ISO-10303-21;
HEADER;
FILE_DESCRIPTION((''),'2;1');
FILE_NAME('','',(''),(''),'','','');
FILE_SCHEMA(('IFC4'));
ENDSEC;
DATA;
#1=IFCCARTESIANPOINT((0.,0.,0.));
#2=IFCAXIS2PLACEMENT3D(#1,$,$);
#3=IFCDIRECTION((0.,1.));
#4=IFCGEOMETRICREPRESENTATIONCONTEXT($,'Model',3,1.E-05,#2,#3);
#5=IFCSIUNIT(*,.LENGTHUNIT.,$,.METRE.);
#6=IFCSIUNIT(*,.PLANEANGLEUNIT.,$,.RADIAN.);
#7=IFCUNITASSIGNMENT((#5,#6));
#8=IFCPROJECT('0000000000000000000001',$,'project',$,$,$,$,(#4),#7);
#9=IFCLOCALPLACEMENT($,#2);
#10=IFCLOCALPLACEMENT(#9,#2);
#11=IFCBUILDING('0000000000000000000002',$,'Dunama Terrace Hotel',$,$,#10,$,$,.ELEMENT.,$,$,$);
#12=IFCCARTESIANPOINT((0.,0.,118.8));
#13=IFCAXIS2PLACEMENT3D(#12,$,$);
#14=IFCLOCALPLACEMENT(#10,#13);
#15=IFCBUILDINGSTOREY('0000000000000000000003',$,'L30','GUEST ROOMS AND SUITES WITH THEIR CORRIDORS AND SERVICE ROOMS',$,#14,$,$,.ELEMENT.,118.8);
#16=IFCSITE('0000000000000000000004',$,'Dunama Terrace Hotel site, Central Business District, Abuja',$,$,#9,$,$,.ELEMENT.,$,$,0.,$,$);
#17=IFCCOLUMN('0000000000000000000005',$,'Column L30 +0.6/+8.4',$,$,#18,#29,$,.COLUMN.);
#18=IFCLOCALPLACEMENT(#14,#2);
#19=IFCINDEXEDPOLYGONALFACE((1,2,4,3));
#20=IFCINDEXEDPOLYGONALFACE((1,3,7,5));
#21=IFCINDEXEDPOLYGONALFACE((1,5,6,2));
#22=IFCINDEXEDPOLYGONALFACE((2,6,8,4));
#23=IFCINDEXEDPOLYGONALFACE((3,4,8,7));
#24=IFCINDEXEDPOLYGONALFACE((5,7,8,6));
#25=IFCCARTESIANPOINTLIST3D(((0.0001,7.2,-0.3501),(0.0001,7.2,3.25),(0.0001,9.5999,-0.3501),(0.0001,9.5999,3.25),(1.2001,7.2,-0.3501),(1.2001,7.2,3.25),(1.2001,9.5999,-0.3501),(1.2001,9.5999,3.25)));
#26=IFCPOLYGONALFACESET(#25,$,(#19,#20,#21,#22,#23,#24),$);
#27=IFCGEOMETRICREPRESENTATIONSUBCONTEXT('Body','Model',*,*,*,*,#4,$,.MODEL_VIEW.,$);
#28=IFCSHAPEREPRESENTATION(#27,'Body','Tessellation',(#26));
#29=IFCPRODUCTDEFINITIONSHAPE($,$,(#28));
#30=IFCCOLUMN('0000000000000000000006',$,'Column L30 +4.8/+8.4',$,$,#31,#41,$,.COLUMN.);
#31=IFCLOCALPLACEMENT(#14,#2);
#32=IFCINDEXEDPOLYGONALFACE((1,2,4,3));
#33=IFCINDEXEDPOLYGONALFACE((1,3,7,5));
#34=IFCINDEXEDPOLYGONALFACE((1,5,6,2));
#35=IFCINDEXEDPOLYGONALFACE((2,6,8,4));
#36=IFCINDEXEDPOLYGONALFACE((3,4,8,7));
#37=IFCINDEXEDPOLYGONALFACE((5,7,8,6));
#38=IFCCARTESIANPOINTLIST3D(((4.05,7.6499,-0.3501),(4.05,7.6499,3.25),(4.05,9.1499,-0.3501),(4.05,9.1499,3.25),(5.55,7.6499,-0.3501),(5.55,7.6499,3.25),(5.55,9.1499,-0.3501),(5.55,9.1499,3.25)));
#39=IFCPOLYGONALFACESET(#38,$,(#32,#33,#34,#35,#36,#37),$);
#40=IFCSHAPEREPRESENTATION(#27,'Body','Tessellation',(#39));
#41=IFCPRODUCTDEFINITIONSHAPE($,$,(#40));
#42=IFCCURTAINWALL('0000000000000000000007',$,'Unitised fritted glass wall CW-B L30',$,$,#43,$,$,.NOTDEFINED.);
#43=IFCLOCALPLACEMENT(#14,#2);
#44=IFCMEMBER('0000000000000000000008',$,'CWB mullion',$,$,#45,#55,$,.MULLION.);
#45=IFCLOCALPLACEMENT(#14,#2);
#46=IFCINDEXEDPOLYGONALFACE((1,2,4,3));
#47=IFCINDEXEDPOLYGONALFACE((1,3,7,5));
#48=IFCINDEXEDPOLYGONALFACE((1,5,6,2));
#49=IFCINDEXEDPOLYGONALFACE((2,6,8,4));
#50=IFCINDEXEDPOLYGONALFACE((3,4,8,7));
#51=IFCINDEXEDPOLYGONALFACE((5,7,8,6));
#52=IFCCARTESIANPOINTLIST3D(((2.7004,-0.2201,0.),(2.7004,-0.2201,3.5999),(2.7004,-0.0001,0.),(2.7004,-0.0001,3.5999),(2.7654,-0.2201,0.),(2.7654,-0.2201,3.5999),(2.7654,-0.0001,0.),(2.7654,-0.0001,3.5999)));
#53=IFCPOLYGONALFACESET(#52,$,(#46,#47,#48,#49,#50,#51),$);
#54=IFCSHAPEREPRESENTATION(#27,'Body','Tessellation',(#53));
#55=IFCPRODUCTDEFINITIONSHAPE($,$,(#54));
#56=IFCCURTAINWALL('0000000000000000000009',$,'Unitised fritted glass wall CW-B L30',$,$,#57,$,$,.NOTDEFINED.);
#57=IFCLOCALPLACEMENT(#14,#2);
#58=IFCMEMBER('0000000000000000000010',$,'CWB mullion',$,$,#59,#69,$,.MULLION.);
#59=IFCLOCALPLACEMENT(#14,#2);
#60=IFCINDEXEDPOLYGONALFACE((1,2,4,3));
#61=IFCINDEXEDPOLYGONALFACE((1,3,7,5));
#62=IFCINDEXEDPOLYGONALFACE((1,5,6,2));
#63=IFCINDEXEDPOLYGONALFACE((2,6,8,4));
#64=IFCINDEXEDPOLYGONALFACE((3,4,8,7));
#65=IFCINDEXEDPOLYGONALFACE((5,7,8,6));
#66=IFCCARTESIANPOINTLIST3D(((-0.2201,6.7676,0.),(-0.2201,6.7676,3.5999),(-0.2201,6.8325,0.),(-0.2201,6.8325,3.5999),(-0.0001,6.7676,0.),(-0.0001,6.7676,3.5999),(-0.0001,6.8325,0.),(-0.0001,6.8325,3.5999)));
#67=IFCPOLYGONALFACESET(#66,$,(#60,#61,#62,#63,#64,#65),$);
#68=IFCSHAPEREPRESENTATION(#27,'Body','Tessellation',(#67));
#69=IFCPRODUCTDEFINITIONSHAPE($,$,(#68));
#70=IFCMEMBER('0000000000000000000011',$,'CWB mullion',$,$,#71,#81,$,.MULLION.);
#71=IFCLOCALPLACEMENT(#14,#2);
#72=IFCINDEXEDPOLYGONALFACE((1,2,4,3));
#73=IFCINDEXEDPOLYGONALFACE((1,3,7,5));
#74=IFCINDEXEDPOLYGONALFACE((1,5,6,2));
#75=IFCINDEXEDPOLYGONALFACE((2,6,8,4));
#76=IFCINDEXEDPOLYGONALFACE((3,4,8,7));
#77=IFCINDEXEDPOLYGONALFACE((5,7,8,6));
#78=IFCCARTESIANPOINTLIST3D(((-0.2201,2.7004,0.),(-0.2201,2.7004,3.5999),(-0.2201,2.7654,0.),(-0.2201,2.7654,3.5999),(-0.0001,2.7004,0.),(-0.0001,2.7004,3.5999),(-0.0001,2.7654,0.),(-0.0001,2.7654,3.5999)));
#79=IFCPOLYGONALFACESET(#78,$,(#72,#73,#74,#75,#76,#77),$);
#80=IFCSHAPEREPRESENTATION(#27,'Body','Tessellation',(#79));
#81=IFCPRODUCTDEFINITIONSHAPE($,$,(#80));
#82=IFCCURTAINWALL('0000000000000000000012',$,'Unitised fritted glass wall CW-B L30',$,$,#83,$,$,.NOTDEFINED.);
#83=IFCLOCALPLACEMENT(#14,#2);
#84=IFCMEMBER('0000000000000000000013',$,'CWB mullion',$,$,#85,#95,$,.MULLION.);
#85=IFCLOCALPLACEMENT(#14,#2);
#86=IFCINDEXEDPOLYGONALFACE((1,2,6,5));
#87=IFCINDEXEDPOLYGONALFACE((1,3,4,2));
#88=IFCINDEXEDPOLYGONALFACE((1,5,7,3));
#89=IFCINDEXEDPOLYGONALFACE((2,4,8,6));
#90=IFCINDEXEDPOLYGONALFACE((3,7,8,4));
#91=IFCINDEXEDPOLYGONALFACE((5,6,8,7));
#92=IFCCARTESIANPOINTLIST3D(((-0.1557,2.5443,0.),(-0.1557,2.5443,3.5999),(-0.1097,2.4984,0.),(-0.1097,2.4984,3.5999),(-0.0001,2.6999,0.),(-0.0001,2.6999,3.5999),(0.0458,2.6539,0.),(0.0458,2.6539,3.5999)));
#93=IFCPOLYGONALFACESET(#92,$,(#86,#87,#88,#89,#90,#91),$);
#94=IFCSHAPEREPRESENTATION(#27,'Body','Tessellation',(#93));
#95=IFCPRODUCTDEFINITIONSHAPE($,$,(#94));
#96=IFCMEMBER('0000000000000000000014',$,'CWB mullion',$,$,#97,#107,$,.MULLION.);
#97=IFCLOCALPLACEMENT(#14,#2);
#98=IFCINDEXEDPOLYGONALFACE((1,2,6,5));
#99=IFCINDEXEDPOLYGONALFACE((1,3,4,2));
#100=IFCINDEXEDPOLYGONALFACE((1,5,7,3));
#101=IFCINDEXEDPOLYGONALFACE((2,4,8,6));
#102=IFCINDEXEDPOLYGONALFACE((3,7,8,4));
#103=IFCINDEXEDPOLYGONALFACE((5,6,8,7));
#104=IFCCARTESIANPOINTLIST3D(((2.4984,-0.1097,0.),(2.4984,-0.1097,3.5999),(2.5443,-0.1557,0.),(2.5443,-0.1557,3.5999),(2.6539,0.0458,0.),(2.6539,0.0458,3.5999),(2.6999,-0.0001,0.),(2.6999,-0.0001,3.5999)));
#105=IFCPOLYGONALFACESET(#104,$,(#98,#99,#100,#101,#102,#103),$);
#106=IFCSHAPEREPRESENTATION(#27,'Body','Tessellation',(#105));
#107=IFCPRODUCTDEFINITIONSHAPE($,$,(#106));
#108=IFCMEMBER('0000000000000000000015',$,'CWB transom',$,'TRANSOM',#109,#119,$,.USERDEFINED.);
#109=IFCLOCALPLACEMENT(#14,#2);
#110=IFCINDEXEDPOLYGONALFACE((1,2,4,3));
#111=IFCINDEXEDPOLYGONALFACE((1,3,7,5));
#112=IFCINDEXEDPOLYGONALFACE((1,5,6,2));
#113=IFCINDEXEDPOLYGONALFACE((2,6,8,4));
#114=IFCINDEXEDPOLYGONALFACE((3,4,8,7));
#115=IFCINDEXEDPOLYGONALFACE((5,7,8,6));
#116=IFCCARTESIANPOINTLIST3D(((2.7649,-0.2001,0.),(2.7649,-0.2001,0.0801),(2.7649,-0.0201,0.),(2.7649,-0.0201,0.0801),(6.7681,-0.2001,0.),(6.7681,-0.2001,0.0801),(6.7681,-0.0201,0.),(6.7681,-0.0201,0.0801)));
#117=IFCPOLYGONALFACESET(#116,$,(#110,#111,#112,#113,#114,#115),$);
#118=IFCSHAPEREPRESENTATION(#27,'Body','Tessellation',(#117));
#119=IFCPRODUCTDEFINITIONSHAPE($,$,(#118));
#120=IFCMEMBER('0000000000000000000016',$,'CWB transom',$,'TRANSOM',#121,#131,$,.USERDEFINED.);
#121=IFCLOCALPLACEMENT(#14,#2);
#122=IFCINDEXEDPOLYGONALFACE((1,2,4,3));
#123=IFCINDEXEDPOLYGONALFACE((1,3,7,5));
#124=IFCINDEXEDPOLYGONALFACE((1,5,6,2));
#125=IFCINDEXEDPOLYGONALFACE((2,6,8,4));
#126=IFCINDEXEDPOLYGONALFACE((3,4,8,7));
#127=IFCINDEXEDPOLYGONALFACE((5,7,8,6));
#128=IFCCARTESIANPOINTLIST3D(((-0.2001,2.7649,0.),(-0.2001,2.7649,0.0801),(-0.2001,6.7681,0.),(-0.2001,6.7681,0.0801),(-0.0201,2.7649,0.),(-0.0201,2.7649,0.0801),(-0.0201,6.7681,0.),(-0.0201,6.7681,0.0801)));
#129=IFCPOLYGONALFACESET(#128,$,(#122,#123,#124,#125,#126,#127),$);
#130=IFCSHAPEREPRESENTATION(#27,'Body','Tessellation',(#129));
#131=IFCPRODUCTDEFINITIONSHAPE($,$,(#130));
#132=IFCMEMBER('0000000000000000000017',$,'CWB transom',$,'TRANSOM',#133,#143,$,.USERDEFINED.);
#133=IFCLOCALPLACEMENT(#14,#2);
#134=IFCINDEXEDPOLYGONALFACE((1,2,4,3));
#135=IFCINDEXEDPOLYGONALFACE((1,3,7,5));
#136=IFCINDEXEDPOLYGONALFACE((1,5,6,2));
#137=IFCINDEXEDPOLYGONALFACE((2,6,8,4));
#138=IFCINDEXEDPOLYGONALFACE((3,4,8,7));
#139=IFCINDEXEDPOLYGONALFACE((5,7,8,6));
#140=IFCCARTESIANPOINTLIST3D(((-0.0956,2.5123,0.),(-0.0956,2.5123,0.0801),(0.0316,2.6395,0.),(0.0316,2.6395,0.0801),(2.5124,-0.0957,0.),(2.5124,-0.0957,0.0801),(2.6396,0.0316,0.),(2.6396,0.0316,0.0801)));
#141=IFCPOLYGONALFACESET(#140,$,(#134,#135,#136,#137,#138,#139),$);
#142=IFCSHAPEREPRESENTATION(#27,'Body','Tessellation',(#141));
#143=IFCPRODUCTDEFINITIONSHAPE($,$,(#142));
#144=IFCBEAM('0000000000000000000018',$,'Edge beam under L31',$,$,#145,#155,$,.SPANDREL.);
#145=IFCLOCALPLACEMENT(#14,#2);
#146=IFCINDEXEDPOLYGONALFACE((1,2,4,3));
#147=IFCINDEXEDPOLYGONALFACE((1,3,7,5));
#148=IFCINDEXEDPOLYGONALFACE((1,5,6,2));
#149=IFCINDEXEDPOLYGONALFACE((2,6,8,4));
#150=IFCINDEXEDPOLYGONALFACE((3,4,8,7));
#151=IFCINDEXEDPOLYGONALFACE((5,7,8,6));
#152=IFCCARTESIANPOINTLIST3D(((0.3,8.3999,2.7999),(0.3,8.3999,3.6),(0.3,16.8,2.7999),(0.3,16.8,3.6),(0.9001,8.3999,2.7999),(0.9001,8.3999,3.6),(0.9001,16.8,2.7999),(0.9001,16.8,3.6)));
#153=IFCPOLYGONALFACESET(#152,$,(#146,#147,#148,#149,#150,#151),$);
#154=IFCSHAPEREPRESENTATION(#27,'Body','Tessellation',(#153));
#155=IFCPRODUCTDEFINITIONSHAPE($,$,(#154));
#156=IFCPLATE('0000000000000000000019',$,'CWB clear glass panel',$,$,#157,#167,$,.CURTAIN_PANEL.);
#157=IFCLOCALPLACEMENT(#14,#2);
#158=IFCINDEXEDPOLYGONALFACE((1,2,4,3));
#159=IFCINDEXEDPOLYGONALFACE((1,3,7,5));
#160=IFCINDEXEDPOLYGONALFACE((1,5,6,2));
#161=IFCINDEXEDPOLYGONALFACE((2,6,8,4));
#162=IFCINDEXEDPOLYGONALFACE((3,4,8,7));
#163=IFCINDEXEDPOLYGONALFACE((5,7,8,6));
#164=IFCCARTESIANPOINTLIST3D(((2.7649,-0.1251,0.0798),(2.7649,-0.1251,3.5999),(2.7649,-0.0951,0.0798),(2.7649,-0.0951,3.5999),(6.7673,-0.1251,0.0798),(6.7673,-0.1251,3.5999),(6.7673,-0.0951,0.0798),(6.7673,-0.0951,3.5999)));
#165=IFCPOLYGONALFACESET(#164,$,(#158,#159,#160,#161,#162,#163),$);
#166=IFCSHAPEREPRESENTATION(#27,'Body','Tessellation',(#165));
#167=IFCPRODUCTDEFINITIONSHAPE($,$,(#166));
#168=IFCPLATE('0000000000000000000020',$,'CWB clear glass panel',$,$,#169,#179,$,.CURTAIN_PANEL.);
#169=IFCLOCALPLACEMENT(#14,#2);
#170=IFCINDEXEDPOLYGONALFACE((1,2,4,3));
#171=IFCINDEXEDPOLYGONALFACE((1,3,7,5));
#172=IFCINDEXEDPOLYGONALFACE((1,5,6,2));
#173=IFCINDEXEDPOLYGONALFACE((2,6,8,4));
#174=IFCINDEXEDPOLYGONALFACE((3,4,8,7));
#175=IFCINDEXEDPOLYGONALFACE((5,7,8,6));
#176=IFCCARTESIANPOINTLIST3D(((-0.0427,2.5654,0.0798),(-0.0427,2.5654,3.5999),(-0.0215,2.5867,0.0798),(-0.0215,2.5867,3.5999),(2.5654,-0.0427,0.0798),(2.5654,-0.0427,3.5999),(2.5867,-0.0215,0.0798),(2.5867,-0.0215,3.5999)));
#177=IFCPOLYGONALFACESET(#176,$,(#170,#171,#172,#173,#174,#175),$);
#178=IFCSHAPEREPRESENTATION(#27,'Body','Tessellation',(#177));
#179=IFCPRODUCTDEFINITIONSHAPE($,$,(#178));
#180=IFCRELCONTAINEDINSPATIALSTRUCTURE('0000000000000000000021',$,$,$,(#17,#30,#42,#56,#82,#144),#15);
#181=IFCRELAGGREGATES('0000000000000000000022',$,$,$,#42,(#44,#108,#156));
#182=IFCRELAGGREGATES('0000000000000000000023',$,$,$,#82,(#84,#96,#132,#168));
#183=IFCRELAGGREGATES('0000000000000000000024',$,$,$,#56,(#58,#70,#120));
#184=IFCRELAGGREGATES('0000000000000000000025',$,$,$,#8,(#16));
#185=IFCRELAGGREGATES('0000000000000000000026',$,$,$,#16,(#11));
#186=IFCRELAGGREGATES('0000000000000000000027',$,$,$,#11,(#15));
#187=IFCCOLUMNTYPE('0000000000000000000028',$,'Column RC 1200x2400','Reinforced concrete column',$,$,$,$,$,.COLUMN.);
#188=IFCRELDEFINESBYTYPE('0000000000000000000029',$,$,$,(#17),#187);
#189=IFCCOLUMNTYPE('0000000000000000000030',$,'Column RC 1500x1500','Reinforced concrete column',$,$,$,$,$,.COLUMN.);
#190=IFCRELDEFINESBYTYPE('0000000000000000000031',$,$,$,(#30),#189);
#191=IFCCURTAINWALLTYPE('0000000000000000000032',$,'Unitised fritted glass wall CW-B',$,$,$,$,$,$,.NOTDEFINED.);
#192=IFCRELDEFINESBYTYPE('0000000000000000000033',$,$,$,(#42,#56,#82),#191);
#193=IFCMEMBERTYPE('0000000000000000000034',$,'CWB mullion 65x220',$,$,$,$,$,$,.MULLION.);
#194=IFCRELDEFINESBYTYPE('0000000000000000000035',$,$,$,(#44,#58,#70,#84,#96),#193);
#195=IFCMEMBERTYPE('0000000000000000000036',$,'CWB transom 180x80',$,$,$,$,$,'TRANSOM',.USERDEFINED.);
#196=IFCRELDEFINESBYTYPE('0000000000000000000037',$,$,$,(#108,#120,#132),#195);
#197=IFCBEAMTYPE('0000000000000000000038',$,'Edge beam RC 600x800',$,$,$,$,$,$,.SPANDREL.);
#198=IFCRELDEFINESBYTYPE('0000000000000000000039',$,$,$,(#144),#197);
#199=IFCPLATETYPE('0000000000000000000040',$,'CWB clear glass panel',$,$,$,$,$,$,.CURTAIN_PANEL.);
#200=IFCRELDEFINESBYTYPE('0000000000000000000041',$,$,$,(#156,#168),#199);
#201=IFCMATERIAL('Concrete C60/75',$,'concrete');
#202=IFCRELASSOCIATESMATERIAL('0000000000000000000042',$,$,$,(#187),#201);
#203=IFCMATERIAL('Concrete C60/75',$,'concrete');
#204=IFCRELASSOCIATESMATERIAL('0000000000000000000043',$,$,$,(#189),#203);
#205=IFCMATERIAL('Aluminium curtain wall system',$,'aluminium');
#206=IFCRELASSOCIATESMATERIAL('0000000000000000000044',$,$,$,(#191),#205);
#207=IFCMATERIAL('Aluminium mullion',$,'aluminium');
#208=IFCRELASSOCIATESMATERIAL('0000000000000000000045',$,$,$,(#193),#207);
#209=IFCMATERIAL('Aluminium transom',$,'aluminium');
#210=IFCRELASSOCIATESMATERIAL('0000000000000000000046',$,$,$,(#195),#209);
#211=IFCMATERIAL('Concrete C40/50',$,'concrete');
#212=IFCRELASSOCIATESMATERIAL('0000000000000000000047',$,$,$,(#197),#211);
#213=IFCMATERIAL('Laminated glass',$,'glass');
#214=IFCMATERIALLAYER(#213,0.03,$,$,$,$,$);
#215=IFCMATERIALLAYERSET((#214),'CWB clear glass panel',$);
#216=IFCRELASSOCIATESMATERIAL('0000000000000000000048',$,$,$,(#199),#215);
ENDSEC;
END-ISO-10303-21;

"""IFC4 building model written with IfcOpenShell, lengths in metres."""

from ifc_helpers import new_model, si_unit, direction, frame, origin, origin_2d, place, context, subcontext, project, spatial, rectangle, extrude, material, layer, layer_set, material_profile, profile_set, type_object, element, aggregate, save


model = new_model("IFC4")

# Units and contexts
model_context = context("Model", 3, precision=1e-05, world=origin(), true_north=direction((0.0, 1.0)))
body_context = subcontext(model_context, "Body", "Model", "MODEL_VIEW")
ifc_project = project(units=[si_unit("LENGTHUNIT", "METRE"), si_unit("PLANEANGLEUNIT", "RADIAN")], contexts=[model_context])

# Site, building, storey
site_placement = place(None, origin())
site = spatial("IfcSite", under=ifc_project, at=site_placement, Name="Dunama Terrace Hotel site, Central Business District, Abuja", CompositionType="ELEMENT", RefElevation=0.0)
building_placement = place(site_placement, origin())
building = spatial("IfcBuilding", under=site, at=building_placement, Name="Dunama Terrace Hotel", CompositionType="ELEMENT")
storey_placement = place(building_placement, frame((0.0, 0.0, 118.8)))
storey = spatial("IfcBuildingStorey", under=building, at=storey_placement, Name="L30", Description="GUEST ROOMS AND SUITES WITH THEIR CORRIDORS AND SERVICE ROOMS", CompositionType="ELEMENT", Elevation=118.8)

# Columns
ifc_material_1 = material(Name="Concrete C60/75", Category="concrete")
ifc_material_profile_1 = material_profile(ifc_material_1, rectangle(XDim=1.2, YDim=2.3999, at=origin_2d()), Name="RC 1200x2400")
ifc_profile_set_1 = profile_set([ifc_material_profile_1], Name="Concrete C60/75")
column_type_1 = type_object("IfcColumnType", Name="Column RC 1200x2400", Description="Reinforced concrete column", PredefinedType="COLUMN", material=ifc_profile_set_1)
column_1_placement = place(storey_placement, frame((0.6001, 8.3999, -0.3501), z_axis=(0.0, 0.0, 1.0), x_axis=(1.0, 0.0, 0.0)))
element("IfcColumn", 1, at=column_1_placement, inside=storey, type_object=column_type_1, Name="Column L30 +0.6/+8.4", PredefinedType="COLUMN", context=body_context, shape_type="SweptSolid", body=[
    extrude(rectangle(XDim=1.2, YDim=2.3999, at=origin_2d()), origin(), (0.0, 0.0, 1.0), 3.6001),
])
ifc_material_2 = material(Name="Concrete C60/75", Category="concrete")
ifc_material_profile_2 = material_profile(ifc_material_2, rectangle(XDim=1.5, YDim=1.5, at=origin_2d()), Name="RC 1500x1500")
ifc_profile_set_2 = profile_set([ifc_material_profile_2], Name="Concrete C60/75")
column_type_2 = type_object("IfcColumnType", Name="Column RC 1500x1500", Description="Reinforced concrete column", PredefinedType="COLUMN", material=ifc_profile_set_2)
column_2_placement = place(storey_placement, frame((4.8, 8.3999, -0.3501), z_axis=(0.0, 0.0, 1.0), x_axis=(1.0, 0.0, 0.0)))
element("IfcColumn", 2, at=column_2_placement, inside=storey, type_object=column_type_2, Name="Column L30 +4.8/+8.4", PredefinedType="COLUMN", context=body_context, shape_type="SweptSolid", body=[
    extrude(rectangle(XDim=1.5, YDim=1.5, at=origin_2d()), origin(), (0.0, 0.0, 1.0), 3.6001),
])

# Curtain wall, member
ifc_material_3 = material(Name="Aluminium curtain wall system", Category="aluminium")
curtain_wall_type = type_object("IfcCurtainWallType", Name="Unitised fritted glass wall CW-B", PredefinedType="NOTDEFINED", material=ifc_material_3)
curtain_wall_1_placement = place(storey_placement, origin())
curtain_wall_1 = element("IfcCurtainWall", 3, at=curtain_wall_1_placement, inside=storey, type_object=curtain_wall_type, Name="Unitised fritted glass wall CW-B L30", PredefinedType="NOTDEFINED")
ifc_material_4 = material(Name="Aluminium mullion", Category="aluminium")
ifc_material_profile_3 = material_profile(ifc_material_4, rectangle(XDim=0.0649, YDim=0.22, at=origin_2d()), Name="CWB MULLION 65X220")
ifc_profile_set_3 = profile_set([ifc_material_profile_3], Name="Aluminium mullion")
member_type_1 = type_object("IfcMemberType", Name="CWB mullion 65x220", PredefinedType="MULLION", material=ifc_profile_set_3)
member_1_placement = place(storey_placement, frame((2.7329, -0.1101, 0.0), z_axis=(0.0, 0.0, 1.0), x_axis=(1.0, 0.0, 0.0)))
member_1 = element("IfcMember", 4, at=member_1_placement, type_object=member_type_1, Name="CWB mullion", PredefinedType="MULLION", context=body_context, shape_type="SweptSolid", body=[
    extrude(rectangle(XDim=0.0649, YDim=0.22, at=origin_2d()), origin(), (0.0, 0.0, 1.0), 3.5999),
])

# Curtain walls, members
curtain_wall_2_placement = place(storey_placement, origin())
curtain_wall_2 = element("IfcCurtainWall", 5, at=curtain_wall_2_placement, inside=storey, type_object=curtain_wall_type, Name="Unitised fritted glass wall CW-B L30", PredefinedType="NOTDEFINED")
member_2_placement = place(storey_placement, frame((-0.1101, 6.8, 0.0), z_axis=(0.0, 0.0, 1.0), x_axis=(0.0, -1.0, 0.0)))
member_2 = element("IfcMember", 6, at=member_2_placement, type_object=member_type_1, Name="CWB mullion", PredefinedType="MULLION", context=body_context, shape_type="SweptSolid", body=[
    extrude(rectangle(XDim=0.0649, YDim=0.22, at=origin_2d()), origin(), (0.0, 0.0, 1.0), 3.5999),
])
member_3_placement = place(storey_placement, frame((-0.1101, 2.7329, 0.0), z_axis=(0.0, 0.0, 1.0), x_axis=(0.0, -1.0, 0.0)))
member_3 = element("IfcMember", 7, at=member_3_placement, type_object=member_type_1, Name="CWB mullion", PredefinedType="MULLION", context=body_context, shape_type="SweptSolid", body=[
    extrude(rectangle(XDim=0.0649, YDim=0.22, at=origin_2d()), origin(), (0.0, 0.0, 1.0), 3.5999),
])
curtain_wall_3_placement = place(storey_placement, origin())
curtain_wall_3 = element("IfcCurtainWall", 8, at=curtain_wall_3_placement, inside=storey, type_object=curtain_wall_type, Name="Unitised fritted glass wall CW-B L30", PredefinedType="NOTDEFINED")
member_4_placement = place(storey_placement, frame((-0.0549, 2.5991, 0.0), z_axis=(0.0, 0.0, 1.0), x_axis=(0.707107, -0.707107, 0.0)))
member_4 = element("IfcMember", 9, at=member_4_placement, type_object=member_type_1, Name="CWB mullion", PredefinedType="MULLION", context=body_context, shape_type="SweptSolid", body=[
    extrude(rectangle(XDim=0.0649, YDim=0.22, at=origin_2d()), origin(), (0.0, 0.0, 1.0), 3.5999),
])
member_5_placement = place(storey_placement, frame((2.5991, -0.0549, 0.0), z_axis=(0.0, 0.0, 1.0), x_axis=(0.707107, -0.707107, 0.0)))
member_5 = element("IfcMember", 10, at=member_5_placement, type_object=member_type_1, Name="CWB mullion", PredefinedType="MULLION", context=body_context, shape_type="SweptSolid", body=[
    extrude(rectangle(XDim=0.0649, YDim=0.22, at=origin_2d()), origin(), (0.0, 0.0, 1.0), 3.5999),
])

# Members
ifc_material_5 = material(Name="Aluminium transom", Category="aluminium")
ifc_material_profile_4 = material_profile(ifc_material_5, rectangle(XDim=0.1799, YDim=0.0801, at=origin_2d()), Name="CWB TRANSOM 180X80")
ifc_profile_set_4 = profile_set([ifc_material_profile_4], Name="Aluminium transom")
member_type_2 = type_object("IfcMemberType", Name="CWB transom 180x80", ElementType="TRANSOM", PredefinedType="USERDEFINED", material=ifc_profile_set_4)
member_6_placement = place(storey_placement, frame((2.7649, -0.1101, 0.04), z_axis=(1.0, 0.0, 0.0), x_axis=(0.0, 1.0, 0.0)))
member_6 = element("IfcMember", 11, at=member_6_placement, type_object=member_type_2, Name="CWB transom", ObjectType="TRANSOM", PredefinedType="USERDEFINED", context=body_context, shape_type="SweptSolid", body=[
    extrude(rectangle(XDim=0.1799, YDim=0.0801, at=origin_2d()), origin(), (0.0, 0.0, 1.0), 4.0032),
])
member_7_placement = place(storey_placement, frame((-0.1101, 6.7681, 0.04), z_axis=(0.0, -1.0, 0.0), x_axis=(1.0, 0.0, 0.0)))
member_7 = element("IfcMember", 12, at=member_7_placement, type_object=member_type_2, Name="CWB transom", ObjectType="TRANSOM", PredefinedType="USERDEFINED", context=body_context, shape_type="SweptSolid", body=[
    extrude(rectangle(XDim=0.1799, YDim=0.0801, at=origin_2d()), origin(), (0.0, 0.0, 1.0), 4.0032),
])
member_8_placement = place(storey_placement, frame((-0.032, 2.5759, 0.04), z_axis=(0.707107, -0.707107, 0.0), x_axis=(0.707107, 0.707107, 0.0)))
member_8 = element("IfcMember", 13, at=member_8_placement, type_object=member_type_2, Name="CWB transom", ObjectType="TRANSOM", PredefinedType="USERDEFINED", context=body_context, shape_type="SweptSolid", body=[
    extrude(rectangle(XDim=0.1799, YDim=0.0801, at=origin_2d()), origin(), (0.0, 0.0, 1.0), 3.6882),
])

# Beam
ifc_material_6 = material(Name="Concrete C40/50", Category="concrete")
ifc_material_profile_5 = material_profile(ifc_material_6, rectangle(XDim=0.6001, YDim=0.8, at=origin_2d()), Name="RC 600x800")
ifc_profile_set_5 = profile_set([ifc_material_profile_5], Name="Concrete C40/50")
beam_type = type_object("IfcBeamType", Name="Edge beam RC 600x800", PredefinedType="SPANDREL", material=ifc_profile_set_5)
beam_placement = place(storey_placement, frame((0.6001, 8.3999, 3.2), z_axis=(0.0, 1.0, 0.0), x_axis=(-1.0, 0.0, 0.0)))
element("IfcBeam", 14, at=beam_placement, inside=storey, type_object=beam_type, Name="Edge beam under L31", PredefinedType="SPANDREL", context=body_context, shape_type="SweptSolid", body=[
    extrude(rectangle(XDim=0.6001, YDim=0.8, at=origin_2d()), origin(), (0.0, 0.0, 1.0), 8.4001),
])

# Plates
ifc_material_7 = material(Name="Laminated glass", Category="glass")
ifc_layer_1 = layer(ifc_material_7, 0.03)
ifc_layer_set_1 = layer_set([ifc_layer_1], Name="CWB clear glass panel")
plate_type_1 = type_object("IfcPlateType", Name="CWB clear glass panel", PredefinedType="CURTAIN_PANEL", material=ifc_layer_set_1)
plate_1_placement = place(storey_placement, frame((4.7661, -0.1101, 0.0798), z_axis=(0.0, 0.0, 1.0), x_axis=(1.0, 0.0, 0.0)))
plate_1 = element("IfcPlate", 15, at=plate_1_placement, type_object=plate_type_1, Name="CWB clear glass panel", PredefinedType="CURTAIN_PANEL", context=body_context, shape_type="SweptSolid", body=[
    extrude(rectangle(XDim=4.0024, YDim=0.03, at=origin_2d()), origin(), (0.0, 0.0, 1.0), 3.52),
])
aggregate(curtain_wall_1, [member_1, member_6, plate_1])
plate_2_placement = place(storey_placement, frame((1.272, 1.272, 0.0798), z_axis=(0.0, 0.0, 1.0), x_axis=(0.707107, -0.707107, 0.0)))
plate_2 = element("IfcPlate", 16, at=plate_2_placement, type_object=plate_type_1, Name="CWB clear glass panel", PredefinedType="CURTAIN_PANEL", context=body_context, shape_type="SweptSolid", body=[
    extrude(rectangle(XDim=3.6885, YDim=0.03, at=origin_2d()), origin(), (0.0, 0.0, 1.0), 3.52),
])
aggregate(curtain_wall_3, [member_4, member_5, member_8, plate_2])
aggregate(curtain_wall_2, [member_2, member_3, member_7])

save(model, "model.ifc")
